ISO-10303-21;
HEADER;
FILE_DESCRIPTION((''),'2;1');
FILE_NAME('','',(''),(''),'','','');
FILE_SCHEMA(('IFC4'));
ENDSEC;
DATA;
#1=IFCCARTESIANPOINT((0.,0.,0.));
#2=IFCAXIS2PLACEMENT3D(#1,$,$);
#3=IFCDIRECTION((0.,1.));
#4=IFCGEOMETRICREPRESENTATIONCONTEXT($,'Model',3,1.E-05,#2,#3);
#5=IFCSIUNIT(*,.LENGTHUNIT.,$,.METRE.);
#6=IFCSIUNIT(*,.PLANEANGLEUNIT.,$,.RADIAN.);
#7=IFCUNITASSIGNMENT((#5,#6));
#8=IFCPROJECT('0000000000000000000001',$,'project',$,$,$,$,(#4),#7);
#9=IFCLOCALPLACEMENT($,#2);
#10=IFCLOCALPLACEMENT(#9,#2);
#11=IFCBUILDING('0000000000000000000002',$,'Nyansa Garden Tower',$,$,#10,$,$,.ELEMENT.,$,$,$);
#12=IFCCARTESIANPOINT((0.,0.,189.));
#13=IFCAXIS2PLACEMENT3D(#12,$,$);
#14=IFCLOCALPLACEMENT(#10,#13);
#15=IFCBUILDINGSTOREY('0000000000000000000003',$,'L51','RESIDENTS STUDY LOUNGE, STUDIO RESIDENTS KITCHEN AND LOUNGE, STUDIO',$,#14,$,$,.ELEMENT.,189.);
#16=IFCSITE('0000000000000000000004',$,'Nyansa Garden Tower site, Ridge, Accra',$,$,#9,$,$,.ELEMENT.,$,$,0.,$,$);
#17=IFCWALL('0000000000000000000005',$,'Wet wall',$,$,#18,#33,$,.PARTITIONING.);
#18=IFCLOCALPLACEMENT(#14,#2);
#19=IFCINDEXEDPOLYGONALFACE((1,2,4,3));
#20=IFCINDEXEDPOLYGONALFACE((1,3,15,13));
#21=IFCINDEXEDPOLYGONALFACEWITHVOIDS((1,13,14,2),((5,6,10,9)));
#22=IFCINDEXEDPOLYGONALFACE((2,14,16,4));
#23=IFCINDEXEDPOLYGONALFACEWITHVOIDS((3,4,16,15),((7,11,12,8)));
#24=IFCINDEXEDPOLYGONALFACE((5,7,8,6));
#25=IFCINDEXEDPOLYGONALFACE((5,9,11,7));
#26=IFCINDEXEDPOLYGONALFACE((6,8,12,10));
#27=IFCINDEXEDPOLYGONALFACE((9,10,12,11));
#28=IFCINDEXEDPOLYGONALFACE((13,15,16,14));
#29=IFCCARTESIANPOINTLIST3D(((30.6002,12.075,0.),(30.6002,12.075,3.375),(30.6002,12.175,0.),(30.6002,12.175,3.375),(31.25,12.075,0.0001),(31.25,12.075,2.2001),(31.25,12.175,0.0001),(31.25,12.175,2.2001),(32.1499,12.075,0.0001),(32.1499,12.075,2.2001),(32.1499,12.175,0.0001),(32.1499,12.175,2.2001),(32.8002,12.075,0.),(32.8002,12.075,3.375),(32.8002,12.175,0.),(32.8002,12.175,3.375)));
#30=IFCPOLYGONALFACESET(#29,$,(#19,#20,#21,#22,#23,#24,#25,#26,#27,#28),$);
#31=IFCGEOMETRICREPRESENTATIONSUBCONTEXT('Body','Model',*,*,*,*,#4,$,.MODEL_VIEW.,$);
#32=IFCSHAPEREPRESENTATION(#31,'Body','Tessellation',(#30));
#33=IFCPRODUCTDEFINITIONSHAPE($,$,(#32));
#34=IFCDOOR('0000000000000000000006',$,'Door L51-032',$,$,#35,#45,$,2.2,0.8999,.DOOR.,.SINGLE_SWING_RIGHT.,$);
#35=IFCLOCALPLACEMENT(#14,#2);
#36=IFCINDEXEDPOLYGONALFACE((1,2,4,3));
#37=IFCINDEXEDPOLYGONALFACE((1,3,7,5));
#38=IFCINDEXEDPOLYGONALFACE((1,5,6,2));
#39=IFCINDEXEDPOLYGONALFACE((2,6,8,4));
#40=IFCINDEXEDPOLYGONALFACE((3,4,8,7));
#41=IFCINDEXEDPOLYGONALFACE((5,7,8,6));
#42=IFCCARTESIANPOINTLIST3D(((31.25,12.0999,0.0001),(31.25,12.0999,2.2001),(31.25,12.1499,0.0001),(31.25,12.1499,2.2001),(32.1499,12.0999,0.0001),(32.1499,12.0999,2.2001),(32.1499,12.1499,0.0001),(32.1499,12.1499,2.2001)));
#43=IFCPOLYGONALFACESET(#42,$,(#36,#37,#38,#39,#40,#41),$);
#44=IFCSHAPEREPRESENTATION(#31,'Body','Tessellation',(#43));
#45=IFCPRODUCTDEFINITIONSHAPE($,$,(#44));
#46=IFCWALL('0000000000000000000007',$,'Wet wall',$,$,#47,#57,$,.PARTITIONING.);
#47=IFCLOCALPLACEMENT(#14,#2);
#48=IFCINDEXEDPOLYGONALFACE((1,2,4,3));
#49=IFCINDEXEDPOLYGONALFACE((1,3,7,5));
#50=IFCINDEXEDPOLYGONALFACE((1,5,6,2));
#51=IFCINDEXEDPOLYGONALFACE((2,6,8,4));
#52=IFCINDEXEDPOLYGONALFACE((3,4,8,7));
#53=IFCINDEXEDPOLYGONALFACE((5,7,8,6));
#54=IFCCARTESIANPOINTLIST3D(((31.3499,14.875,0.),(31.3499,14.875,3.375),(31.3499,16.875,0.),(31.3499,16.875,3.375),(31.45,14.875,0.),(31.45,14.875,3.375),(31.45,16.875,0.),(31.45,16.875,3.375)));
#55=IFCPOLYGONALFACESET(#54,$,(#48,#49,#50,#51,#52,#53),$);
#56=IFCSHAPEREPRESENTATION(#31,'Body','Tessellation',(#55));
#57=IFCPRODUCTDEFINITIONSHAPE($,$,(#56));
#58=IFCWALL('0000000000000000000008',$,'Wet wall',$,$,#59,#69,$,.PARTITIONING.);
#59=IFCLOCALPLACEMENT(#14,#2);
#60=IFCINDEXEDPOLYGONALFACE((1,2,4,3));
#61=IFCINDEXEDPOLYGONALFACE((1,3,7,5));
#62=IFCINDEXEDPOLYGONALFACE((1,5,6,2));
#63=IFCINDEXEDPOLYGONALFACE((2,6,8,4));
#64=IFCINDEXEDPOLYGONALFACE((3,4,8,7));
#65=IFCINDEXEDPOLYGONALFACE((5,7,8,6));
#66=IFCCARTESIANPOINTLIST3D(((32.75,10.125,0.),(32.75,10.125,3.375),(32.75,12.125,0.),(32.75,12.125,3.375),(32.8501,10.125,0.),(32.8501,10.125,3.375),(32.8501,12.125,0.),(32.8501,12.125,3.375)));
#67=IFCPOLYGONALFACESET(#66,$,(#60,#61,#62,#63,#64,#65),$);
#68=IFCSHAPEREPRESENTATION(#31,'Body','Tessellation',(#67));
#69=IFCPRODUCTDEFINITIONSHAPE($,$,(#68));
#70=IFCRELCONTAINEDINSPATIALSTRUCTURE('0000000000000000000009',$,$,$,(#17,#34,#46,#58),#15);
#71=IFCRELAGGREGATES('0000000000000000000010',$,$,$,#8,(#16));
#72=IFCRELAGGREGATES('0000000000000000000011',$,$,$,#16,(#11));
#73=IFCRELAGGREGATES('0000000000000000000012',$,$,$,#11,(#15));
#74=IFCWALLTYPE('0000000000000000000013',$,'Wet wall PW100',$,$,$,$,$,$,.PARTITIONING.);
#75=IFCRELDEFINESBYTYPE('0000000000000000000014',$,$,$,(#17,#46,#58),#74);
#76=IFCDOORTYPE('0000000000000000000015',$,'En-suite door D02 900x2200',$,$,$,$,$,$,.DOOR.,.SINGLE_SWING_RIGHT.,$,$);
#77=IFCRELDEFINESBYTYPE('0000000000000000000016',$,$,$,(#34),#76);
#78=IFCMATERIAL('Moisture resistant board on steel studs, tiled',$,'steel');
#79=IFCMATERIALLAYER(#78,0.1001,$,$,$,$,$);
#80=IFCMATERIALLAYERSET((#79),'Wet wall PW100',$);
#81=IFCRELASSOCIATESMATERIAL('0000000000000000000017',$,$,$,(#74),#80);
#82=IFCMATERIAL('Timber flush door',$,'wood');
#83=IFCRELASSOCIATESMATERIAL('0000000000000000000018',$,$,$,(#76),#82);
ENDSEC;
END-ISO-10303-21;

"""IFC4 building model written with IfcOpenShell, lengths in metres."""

from ifc_helpers import new_model, si_unit, direction, frame, frame_2d, origin, place, context, subcontext, project, spatial, rectangle, extrude, material, layer, layer_set, type_object, element, fill, save


model = new_model("IFC4")

# Units and contexts
model_context = context("Model", 3, precision=1e-05, world=origin(), true_north=direction((0.0, 1.0)))
body_context = subcontext(model_context, "Body", "Model", "MODEL_VIEW")
ifc_project = project(units=[si_unit("LENGTHUNIT", "METRE"), si_unit("PLANEANGLEUNIT", "RADIAN")], contexts=[model_context])

# Site, building, storey
site_placement = place(None, origin())
site = spatial("IfcSite", under=ifc_project, at=site_placement, Name="Nyansa Garden Tower site, Ridge, Accra", CompositionType="ELEMENT", RefElevation=0.0)
building_placement = place(site_placement, origin())
building = spatial("IfcBuilding", under=site, at=building_placement, Name="Nyansa Garden Tower", CompositionType="ELEMENT")
storey_placement = place(building_placement, frame((0.0, 0.0, 189.0)))
storey = spatial("IfcBuildingStorey", under=building, at=storey_placement, Name="L51", Description="RESIDENTS STUDY LOUNGE, STUDIO RESIDENTS KITCHEN AND LOUNGE, STUDIO", CompositionType="ELEMENT", Elevation=189.0)

# Shared definitions
ifc_material_1 = material(Name="Moisture resistant board on steel studs, tiled", Category="steel")
ifc_layer_1 = layer(ifc_material_1, 0.1001)
ifc_layer_set_1 = layer_set([ifc_layer_1], Name="Wet wall PW100")
wall_type_1 = type_object("IfcWallType", Name="Wet wall PW100", PredefinedType="PARTITIONING", material=ifc_layer_set_1)
ifc_material_2 = material(Name="Timber flush door", Category="wood")
door_type_1 = type_object("IfcDoorType", Name="En-suite door D02 900x2200", OperationType="SINGLE_SWING_RIGHT", PredefinedType="DOOR", material=ifc_material_2)

# Wall, opening, door
wall_1_placement = place(storey_placement, frame((30.6001, 12.125, 0.0), z_axis=(0.0, 0.0, 1.0), x_axis=(1.0, 0.0, 0.0)))
wall_1 = element("IfcWall", 1, at=wall_1_placement, inside=storey, type_object=wall_type_1, Name="Wet wall", PredefinedType="PARTITIONING", context=body_context, shape_type="SweptSolid", body=[
    extrude(rectangle(XDim=2.2, YDim=0.1001, at=frame_2d((1.1001, 0.0))), origin(), (0.0, 0.0, 1.0), 3.375),
])
opening_1_placement = place(wall_1_placement, frame((0.6499, 0.0, 0.0)))
opening_1 = element("IfcOpeningElement", 2, at=opening_1_placement, cuts=wall_1, PredefinedType="OPENING", context=body_context, shape_type="SweptSolid", body=[
    extrude(rectangle(XDim=0.8999, YDim=2.2, at=frame_2d((0.45, 1.1001))), frame((0.0, 0.0601, 0.0), z_axis=(0.0, -1.0, 0.0), x_axis=(1.0, 0.0, 0.0)), (0.0, 0.0, 1.0), 0.1201),
])
door_1_placement = place(opening_1_placement, origin())
door_1 = element("IfcDoor", 3, at=door_1_placement, inside=storey, type_object=door_type_1, Name="Door L51-032", OperationType="SINGLE_SWING_RIGHT", OverallHeight=2.2, OverallWidth=0.8999, PredefinedType="DOOR", context=body_context, shape_type="SweptSolid", body=[
    extrude(rectangle(XDim=0.8999, YDim=2.2, at=frame_2d((0.45, 1.1001))), frame((0.0, 0.0249, 0.0), z_axis=(0.0, -1.0, 0.0), x_axis=(1.0, 0.0, 0.0)), (0.0, 0.0, 1.0), 0.05),
])
fill(opening_1, door_1)

# Walls
for number, where, z_axis, x_axis, name in (
    (4, (31.3999, 14.875, 0.0), (0.0, 0.0, 1.0), (0.0, 1.0, 0.0), "Wet wall"),
    (5, (32.8, 10.125, 0.0), (0.0, 0.0, 1.0), (0.0, 1.0, 0.0), "Wet wall"),
):
    element("IfcWall", number, at=place(storey_placement, frame(where, z_axis=z_axis, x_axis=x_axis)), inside=storey, type_object=wall_type_1, Name=name, PredefinedType="PARTITIONING", context=body_context, shape_type="SweptSolid", body=[
        extrude(rectangle(XDim=2.0, YDim=0.1001, at=frame_2d((1.0, 0.0))), origin(), (0.0, 0.0, 1.0), 3.375),
    ])

save(model, "model.ifc")
